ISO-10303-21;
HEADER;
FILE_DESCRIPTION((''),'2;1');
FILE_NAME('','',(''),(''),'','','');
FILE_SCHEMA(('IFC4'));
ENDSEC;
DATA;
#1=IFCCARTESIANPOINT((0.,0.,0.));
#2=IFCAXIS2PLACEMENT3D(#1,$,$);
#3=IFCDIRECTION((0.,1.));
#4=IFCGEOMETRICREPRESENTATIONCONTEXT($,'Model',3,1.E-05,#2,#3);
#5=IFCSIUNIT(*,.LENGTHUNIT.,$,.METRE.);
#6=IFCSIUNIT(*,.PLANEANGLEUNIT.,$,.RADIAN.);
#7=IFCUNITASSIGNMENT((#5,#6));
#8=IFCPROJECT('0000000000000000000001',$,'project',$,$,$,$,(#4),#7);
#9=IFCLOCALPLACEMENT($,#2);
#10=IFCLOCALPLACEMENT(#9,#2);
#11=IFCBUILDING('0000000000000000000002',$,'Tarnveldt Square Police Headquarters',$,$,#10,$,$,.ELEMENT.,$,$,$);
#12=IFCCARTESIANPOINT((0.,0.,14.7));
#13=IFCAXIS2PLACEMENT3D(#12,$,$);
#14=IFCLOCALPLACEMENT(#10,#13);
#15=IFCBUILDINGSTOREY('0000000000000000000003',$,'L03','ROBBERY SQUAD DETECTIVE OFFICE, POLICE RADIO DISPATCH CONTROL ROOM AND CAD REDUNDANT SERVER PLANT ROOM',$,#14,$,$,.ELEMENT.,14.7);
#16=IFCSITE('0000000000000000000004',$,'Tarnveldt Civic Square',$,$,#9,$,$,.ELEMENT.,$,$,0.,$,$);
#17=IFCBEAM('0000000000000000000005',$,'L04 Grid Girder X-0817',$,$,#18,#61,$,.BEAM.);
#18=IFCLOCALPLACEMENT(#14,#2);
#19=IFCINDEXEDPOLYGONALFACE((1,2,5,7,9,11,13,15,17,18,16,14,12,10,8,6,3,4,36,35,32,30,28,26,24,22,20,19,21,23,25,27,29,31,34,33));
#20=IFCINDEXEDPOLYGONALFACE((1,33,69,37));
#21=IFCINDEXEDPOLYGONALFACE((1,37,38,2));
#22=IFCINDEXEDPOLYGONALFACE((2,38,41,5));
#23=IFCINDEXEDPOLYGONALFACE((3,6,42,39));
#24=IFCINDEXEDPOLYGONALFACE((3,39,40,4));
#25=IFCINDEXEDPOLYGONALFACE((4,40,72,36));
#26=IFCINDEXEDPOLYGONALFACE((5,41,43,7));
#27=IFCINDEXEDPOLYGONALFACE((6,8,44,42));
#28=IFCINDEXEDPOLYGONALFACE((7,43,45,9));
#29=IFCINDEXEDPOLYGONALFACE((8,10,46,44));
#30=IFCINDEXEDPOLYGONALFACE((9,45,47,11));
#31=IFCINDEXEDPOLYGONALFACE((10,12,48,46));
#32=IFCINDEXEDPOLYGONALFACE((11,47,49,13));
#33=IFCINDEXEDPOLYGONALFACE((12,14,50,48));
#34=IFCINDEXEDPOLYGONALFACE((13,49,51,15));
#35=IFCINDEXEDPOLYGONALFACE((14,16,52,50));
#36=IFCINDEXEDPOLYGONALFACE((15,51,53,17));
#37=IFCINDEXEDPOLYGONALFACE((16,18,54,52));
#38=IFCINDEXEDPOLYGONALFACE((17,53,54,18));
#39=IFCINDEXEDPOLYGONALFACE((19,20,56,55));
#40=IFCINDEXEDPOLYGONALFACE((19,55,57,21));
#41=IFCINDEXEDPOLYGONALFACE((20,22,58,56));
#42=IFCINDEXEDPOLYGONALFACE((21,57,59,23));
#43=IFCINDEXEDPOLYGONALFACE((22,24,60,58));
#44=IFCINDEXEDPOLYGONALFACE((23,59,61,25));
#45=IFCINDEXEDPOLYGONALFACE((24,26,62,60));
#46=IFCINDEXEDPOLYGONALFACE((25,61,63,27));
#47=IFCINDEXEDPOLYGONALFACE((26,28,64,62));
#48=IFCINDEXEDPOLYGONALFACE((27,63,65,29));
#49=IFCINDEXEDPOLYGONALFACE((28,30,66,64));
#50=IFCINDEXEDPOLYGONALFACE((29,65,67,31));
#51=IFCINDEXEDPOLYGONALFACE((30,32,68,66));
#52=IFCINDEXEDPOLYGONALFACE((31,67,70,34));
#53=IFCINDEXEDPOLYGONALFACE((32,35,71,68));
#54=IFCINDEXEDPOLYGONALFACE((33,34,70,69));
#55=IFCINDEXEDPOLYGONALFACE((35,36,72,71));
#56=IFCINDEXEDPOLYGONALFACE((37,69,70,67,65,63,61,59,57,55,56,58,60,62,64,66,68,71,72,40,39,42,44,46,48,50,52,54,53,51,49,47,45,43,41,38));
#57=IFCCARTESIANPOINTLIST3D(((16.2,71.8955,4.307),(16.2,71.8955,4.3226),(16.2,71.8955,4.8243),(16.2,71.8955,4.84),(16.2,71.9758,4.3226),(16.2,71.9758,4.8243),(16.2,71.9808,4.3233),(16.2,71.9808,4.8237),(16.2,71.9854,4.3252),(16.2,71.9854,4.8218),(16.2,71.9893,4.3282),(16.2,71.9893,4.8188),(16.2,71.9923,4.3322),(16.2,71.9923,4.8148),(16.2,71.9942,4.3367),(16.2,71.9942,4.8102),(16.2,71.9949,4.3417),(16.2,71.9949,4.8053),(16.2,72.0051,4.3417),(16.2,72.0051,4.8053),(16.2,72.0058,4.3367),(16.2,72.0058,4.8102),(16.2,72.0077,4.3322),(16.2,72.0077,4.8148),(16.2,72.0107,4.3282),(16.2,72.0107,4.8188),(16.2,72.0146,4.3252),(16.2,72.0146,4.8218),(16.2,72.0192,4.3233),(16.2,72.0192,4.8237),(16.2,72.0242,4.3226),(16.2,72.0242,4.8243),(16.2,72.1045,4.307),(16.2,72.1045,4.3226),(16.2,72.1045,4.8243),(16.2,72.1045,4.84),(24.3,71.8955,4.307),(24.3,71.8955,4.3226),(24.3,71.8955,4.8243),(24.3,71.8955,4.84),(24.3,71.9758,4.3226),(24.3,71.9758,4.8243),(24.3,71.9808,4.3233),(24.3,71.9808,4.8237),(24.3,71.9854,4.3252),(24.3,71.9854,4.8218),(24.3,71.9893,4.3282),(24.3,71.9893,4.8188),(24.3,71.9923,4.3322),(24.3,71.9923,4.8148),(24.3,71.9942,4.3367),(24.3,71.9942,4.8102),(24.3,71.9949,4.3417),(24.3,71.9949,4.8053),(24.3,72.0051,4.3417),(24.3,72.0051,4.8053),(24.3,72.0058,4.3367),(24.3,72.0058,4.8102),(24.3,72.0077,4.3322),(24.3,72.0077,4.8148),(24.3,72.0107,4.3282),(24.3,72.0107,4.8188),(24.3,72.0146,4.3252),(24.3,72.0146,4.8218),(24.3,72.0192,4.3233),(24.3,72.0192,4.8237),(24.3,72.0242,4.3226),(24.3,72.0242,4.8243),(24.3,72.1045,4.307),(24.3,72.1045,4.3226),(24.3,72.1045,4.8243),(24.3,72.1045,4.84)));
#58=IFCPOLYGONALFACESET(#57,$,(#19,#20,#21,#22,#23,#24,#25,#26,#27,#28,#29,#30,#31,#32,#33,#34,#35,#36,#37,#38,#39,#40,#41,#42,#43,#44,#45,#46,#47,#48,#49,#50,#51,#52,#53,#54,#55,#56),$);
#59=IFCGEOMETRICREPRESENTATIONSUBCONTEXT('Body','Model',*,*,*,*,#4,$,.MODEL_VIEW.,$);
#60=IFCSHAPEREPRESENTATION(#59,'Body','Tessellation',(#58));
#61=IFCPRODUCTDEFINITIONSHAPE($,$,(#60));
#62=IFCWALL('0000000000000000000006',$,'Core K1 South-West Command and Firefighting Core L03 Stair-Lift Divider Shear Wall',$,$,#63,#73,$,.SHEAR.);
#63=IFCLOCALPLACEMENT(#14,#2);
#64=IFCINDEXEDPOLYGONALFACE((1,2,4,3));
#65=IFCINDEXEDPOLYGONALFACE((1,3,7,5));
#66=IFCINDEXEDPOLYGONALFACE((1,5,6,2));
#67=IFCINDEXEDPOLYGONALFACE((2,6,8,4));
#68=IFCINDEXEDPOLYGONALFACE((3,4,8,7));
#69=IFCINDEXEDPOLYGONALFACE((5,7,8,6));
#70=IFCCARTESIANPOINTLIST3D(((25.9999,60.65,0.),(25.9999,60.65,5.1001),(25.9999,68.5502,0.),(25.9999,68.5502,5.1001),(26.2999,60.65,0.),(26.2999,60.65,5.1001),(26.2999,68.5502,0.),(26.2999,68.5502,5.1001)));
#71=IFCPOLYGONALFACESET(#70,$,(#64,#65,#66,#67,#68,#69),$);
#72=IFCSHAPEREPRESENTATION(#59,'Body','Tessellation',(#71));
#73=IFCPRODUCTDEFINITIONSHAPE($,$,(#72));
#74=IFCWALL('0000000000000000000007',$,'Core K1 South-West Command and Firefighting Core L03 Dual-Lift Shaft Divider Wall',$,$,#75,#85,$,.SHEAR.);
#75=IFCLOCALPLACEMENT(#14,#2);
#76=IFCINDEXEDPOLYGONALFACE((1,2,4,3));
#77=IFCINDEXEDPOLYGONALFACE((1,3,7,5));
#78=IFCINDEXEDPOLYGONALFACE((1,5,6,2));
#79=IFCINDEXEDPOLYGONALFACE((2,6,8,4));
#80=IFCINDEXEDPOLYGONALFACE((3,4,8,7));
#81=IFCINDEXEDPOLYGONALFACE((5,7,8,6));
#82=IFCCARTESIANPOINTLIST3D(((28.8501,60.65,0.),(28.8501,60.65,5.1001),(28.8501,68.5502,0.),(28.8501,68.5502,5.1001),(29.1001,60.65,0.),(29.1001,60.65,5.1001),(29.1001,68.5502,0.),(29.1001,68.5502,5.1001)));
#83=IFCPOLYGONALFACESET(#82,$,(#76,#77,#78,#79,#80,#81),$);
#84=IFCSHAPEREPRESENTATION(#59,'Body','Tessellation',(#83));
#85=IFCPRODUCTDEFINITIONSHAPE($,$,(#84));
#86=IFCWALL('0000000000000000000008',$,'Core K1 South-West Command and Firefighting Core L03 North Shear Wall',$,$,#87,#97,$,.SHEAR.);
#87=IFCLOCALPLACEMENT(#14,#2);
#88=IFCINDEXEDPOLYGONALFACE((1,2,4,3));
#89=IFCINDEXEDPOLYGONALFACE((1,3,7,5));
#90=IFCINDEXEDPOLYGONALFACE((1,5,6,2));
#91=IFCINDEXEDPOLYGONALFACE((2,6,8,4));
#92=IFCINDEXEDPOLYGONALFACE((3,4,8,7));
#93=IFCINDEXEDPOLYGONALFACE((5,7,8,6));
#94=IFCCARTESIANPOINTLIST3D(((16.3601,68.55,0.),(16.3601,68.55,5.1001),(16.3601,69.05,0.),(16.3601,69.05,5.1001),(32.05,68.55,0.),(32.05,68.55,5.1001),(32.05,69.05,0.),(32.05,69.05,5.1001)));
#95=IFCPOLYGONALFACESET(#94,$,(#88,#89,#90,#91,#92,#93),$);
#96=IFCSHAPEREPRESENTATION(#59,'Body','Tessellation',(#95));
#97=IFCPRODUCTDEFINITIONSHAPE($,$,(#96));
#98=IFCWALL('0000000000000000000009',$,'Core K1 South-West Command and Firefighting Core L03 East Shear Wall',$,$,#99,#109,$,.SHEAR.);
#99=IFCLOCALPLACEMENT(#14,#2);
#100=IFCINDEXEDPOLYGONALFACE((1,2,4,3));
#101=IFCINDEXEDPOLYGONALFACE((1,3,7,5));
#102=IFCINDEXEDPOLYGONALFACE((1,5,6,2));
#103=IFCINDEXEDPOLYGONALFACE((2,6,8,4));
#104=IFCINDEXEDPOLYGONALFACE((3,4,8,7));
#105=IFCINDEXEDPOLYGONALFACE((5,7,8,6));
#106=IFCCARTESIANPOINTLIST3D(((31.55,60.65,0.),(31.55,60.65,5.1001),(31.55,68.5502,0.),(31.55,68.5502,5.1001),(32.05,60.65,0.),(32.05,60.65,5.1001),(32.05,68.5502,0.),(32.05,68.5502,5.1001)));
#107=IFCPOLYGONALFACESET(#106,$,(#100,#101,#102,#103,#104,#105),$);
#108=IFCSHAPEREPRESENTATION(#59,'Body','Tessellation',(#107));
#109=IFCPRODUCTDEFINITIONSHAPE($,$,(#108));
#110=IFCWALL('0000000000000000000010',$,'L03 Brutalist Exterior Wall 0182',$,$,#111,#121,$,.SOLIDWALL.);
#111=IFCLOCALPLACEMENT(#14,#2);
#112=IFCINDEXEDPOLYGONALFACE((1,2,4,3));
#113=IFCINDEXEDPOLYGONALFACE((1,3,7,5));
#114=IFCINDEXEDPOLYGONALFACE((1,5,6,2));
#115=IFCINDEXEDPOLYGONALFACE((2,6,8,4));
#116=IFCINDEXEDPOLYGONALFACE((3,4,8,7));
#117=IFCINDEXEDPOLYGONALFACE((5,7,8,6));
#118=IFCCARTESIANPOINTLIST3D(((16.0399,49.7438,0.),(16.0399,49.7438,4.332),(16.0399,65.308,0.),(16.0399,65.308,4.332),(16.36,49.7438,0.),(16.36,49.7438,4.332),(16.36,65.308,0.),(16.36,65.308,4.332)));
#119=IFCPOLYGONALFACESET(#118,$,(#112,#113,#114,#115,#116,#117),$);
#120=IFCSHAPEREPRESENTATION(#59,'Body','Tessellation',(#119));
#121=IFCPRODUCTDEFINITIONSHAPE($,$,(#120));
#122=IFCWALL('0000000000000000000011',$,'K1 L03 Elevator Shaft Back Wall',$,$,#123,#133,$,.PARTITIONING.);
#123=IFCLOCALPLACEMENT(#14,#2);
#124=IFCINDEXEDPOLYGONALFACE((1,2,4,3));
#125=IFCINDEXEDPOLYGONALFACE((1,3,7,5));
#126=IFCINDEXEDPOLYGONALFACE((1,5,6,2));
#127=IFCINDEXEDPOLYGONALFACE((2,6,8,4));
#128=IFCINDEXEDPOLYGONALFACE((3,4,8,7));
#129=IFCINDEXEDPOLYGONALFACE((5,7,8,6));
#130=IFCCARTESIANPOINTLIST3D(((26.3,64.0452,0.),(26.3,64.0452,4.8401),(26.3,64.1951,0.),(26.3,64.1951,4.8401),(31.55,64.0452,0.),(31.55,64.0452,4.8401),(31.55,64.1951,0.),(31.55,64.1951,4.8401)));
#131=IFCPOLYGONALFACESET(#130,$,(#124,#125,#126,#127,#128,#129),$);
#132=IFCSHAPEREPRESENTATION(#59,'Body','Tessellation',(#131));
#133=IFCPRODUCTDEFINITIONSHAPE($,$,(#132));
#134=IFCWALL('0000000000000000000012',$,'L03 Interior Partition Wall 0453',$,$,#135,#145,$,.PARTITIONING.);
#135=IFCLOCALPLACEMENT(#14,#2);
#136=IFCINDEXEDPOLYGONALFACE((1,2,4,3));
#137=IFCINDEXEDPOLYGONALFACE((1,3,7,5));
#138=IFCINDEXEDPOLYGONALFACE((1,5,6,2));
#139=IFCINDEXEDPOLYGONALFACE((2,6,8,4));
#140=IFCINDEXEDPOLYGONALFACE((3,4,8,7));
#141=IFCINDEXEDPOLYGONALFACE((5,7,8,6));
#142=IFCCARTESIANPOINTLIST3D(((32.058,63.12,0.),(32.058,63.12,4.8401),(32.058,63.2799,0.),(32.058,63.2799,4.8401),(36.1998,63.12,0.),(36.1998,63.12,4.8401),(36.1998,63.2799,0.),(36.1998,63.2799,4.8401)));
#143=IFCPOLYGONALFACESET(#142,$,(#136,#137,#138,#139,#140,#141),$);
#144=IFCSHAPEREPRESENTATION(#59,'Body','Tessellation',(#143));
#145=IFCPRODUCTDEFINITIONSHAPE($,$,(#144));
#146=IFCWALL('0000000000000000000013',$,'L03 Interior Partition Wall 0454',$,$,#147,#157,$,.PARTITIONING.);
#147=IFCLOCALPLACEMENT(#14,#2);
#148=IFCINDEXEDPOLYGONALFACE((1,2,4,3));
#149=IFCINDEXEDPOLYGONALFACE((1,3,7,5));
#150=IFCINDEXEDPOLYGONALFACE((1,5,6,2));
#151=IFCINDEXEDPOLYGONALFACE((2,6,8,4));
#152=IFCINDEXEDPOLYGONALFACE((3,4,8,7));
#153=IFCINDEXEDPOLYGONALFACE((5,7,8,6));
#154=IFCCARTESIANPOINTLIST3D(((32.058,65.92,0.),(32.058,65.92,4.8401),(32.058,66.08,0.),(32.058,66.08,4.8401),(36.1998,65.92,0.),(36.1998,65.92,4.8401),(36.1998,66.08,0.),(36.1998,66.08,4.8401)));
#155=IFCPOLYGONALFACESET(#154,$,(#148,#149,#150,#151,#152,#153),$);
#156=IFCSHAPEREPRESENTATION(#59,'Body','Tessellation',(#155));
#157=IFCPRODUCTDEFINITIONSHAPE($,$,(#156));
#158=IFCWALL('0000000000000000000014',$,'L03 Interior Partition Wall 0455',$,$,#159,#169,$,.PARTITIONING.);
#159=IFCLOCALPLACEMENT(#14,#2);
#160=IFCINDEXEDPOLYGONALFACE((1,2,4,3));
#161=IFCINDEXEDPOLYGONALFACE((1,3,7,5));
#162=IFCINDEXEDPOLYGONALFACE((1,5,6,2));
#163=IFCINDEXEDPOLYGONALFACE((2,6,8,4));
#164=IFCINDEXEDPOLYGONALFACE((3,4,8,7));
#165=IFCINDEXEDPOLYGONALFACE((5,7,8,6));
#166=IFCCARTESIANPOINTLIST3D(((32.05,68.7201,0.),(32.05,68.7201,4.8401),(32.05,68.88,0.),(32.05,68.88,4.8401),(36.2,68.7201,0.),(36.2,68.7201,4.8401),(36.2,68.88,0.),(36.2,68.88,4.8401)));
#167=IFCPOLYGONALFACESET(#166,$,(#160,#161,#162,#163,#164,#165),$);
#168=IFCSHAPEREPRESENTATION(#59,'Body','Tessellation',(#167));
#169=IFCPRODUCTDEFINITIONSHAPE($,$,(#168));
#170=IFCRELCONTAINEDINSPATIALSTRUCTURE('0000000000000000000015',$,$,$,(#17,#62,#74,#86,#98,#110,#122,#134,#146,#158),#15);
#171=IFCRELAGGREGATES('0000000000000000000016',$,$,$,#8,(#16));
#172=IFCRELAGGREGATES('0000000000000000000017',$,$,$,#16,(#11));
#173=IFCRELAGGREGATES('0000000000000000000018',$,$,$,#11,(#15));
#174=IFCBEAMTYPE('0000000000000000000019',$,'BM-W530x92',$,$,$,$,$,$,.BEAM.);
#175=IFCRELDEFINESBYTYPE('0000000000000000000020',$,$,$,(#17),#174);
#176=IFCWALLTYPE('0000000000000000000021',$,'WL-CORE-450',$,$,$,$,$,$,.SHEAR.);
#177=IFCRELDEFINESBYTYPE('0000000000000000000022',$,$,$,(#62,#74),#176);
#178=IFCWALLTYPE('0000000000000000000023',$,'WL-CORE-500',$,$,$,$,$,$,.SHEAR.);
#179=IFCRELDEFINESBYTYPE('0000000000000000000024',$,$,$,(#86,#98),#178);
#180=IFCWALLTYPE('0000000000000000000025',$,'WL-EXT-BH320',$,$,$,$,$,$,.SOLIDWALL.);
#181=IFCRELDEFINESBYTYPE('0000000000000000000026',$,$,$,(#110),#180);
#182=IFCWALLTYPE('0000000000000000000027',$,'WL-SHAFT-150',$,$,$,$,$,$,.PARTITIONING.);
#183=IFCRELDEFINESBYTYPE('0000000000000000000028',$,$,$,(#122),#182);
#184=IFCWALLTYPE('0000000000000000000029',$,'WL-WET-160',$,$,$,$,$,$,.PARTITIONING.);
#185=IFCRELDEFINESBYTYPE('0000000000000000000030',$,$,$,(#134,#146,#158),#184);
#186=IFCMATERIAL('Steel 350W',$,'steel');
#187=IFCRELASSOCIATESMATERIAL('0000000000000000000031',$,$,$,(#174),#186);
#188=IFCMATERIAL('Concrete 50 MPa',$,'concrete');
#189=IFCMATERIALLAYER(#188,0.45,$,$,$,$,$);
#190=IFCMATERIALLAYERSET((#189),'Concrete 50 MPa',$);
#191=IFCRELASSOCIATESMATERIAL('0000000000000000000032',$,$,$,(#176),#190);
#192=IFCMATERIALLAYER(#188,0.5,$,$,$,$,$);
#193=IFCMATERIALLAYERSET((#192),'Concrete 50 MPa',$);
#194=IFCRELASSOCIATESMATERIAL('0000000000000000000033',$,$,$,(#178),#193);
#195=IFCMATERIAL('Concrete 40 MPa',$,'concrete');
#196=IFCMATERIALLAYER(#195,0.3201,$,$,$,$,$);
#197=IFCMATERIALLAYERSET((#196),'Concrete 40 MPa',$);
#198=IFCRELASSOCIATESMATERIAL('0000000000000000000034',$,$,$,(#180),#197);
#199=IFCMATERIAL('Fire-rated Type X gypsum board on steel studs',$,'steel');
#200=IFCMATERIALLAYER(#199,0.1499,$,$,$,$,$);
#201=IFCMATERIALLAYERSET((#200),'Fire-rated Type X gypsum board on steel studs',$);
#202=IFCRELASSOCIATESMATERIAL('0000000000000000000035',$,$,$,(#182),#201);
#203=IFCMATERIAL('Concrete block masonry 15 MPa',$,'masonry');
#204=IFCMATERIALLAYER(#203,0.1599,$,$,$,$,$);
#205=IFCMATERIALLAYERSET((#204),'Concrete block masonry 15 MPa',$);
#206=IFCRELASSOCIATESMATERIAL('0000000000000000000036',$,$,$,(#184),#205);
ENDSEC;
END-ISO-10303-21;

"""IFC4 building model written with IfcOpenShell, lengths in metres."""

from ifc_helpers import new_model, si_unit, direction, frame, frame_2d, origin, origin_2d, place, context, subcontext, project, spatial, rectangle, i_section, extrude, material, layer, layer_set, material_profile, profile_set, type_object, element, save


model = new_model("IFC4")

# Units and contexts
model_context = context("Model", 3, precision=1e-05, world=origin(), true_north=direction((0.0, 1.0)))
body_context = subcontext(model_context, "Body", "Model", "MODEL_VIEW")
ifc_project = project(units=[si_unit("LENGTHUNIT", "METRE"), si_unit("PLANEANGLEUNIT", "RADIAN")], contexts=[model_context])

# Site, building, storey
site_placement = place(None, origin())
site = spatial("IfcSite", under=ifc_project, at=site_placement, Name="Tarnveldt Civic Square", CompositionType="ELEMENT", RefElevation=0.0)
building_placement = place(site_placement, origin())
building = spatial("IfcBuilding", under=site, at=building_placement, Name="Tarnveldt Square Police Headquarters", CompositionType="ELEMENT")
storey_placement = place(building_placement, frame((0.0, 0.0, 14.7)))
storey = spatial("IfcBuildingStorey", under=building, at=storey_placement, Name="L03", Description="ROBBERY SQUAD DETECTIVE OFFICE, POLICE RADIO DISPATCH CONTROL ROOM AND CAD REDUNDANT SERVER PLANT ROOM", CompositionType="ELEMENT", Elevation=14.7)

# Shared definitions
ifc_material_1 = material(Name="Concrete 40 MPa", Category="concrete")

# Beam
ifc_material_2 = material(Name="Concrete 50 MPa", Category="concrete")
ifc_material_3 = material(Name="Steel 350W", Category="steel")
ifc_material_profile_1 = material_profile(ifc_material_3, i_section(OverallWidth=0.209, OverallDepth=0.533, WebThickness=0.0103, FlangeThickness=0.0156, FilletRadius=0.019, at=origin_2d()), Name="W530x92")
ifc_profile_set_1 = profile_set([ifc_material_profile_1], Name="Steel 350W")
beam_type_1 = type_object("IfcBeamType", Name="BM-W530x92", PredefinedType="BEAM", material=ifc_profile_set_1)
beam_1_placement = place(storey_placement, frame((16.2, 72.0, 4.5735), z_axis=(1.0, 0.0, 0.0), x_axis=(0.0, 1.0, 0.0)))
element("IfcBeam", 1, at=beam_1_placement, inside=storey, type_object=beam_type_1, Name="L04 Grid Girder X-0817", PredefinedType="BEAM", context=body_context, shape_type="SweptSolid", body=[
    extrude(i_section(OverallWidth=0.209, OverallDepth=0.533, WebThickness=0.0103, FlangeThickness=0.0156, FilletRadius=0.019, at=origin_2d()), origin(), (0.0, 0.0, 1.0), 8.1001),
])

# Walls
ifc_layer_1 = layer(ifc_material_2, 0.45)
ifc_layer_set_1 = layer_set([ifc_layer_1], Name="Concrete 50 MPa")
wall_type_1 = type_object("IfcWallType", Name="WL-CORE-450", PredefinedType="SHEAR", material=ifc_layer_set_1)
wall_1_placement = place(storey_placement, frame((26.1499, 60.6499, 0.0), z_axis=(0.0, 0.0, 1.0), x_axis=(0.0, 1.0, 0.0)))
element("IfcWall", 2, at=wall_1_placement, inside=storey, type_object=wall_type_1, Name="Core K1 South-West Command and Firefighting Core L03 Stair-Lift Divider Shear Wall", PredefinedType="SHEAR", context=body_context, shape_type="SweptSolid", body=[
    extrude(rectangle(XDim=7.9001, YDim=0.3, at=frame_2d((3.9502, 0.0))), origin(), (0.0, 0.0, 1.0), 5.1001),
])
wall_2_placement = place(storey_placement, frame((28.9751, 60.6499, 0.0), z_axis=(0.0, 0.0, 1.0), x_axis=(0.0, 1.0, 0.0)))
element("IfcWall", 3, at=wall_2_placement, inside=storey, type_object=wall_type_1, Name="Core K1 South-West Command and Firefighting Core L03 Dual-Lift Shaft Divider Wall", PredefinedType="SHEAR", context=body_context, shape_type="SweptSolid", body=[
    extrude(rectangle(XDim=7.9001, YDim=0.25, at=frame_2d((3.9502, 0.0))), origin(), (0.0, 0.0, 1.0), 5.1001),
])
ifc_layer_2 = layer(ifc_material_2, 0.5)
ifc_layer_set_2 = layer_set([ifc_layer_2], Name="Concrete 50 MPa")
wall_type_2 = type_object("IfcWallType", Name="WL-CORE-500", PredefinedType="SHEAR", material=ifc_layer_set_2)
wall_3_placement = place(storey_placement, frame((16.3601, 68.8, 0.0), z_axis=(0.0, 0.0, 1.0), x_axis=(1.0, 0.0, 0.0)))
element("IfcWall", 4, at=wall_3_placement, inside=storey, type_object=wall_type_2, Name="Core K1 South-West Command and Firefighting Core L03 North Shear Wall", PredefinedType="SHEAR", context=body_context, shape_type="SweptSolid", body=[
    extrude(rectangle(XDim=15.6899, YDim=0.5, at=frame_2d((7.845, 0.0))), origin(), (0.0, 0.0, 1.0), 5.1001),
])
wall_4_placement = place(storey_placement, frame((31.8, 60.6499, 0.0), z_axis=(0.0, 0.0, 1.0), x_axis=(0.0, 1.0, 0.0)))
element("IfcWall", 5, at=wall_4_placement, inside=storey, type_object=wall_type_2, Name="Core K1 South-West Command and Firefighting Core L03 East Shear Wall", PredefinedType="SHEAR", context=body_context, shape_type="SweptSolid", body=[
    extrude(rectangle(XDim=7.9001, YDim=0.5, at=frame_2d((3.9502, 0.0))), origin(), (0.0, 0.0, 1.0), 5.1001),
])
ifc_layer_3 = layer(ifc_material_1, 0.3201)
ifc_layer_set_3 = layer_set([ifc_layer_3], Name="Concrete 40 MPa")
wall_type_3 = type_object("IfcWallType", Name="WL-EXT-BH320", PredefinedType="SOLIDWALL", material=ifc_layer_set_3)
wall_5_placement = place(storey_placement, frame((16.2, 65.3081, 0.0), z_axis=(0.0, 0.0, 1.0), x_axis=(0.0, -1.0, 0.0)))
element("IfcWall", 6, at=wall_5_placement, inside=storey, type_object=wall_type_3, Name="L03 Brutalist Exterior Wall 0182", PredefinedType="SOLIDWALL", context=body_context, shape_type="SweptSolid", body=[
    extrude(rectangle(XDim=15.5642, YDim=0.3201, at=frame_2d((7.7822, 0.0))), origin(), (0.0, 0.0, 1.0), 4.332),
])
ifc_material_4 = material(Name="Fire-rated Type X gypsum board on steel studs", Category="steel")
ifc_layer_4 = layer(ifc_material_4, 0.1499)
ifc_layer_set_4 = layer_set([ifc_layer_4], Name="Fire-rated Type X gypsum board on steel studs")
wall_type_4 = type_object("IfcWallType", Name="WL-SHAFT-150", PredefinedType="PARTITIONING", material=ifc_layer_set_4)
wall_6_placement = place(storey_placement, frame((26.3, 64.1201, 0.0), z_axis=(0.0, 0.0, 1.0), x_axis=(1.0, 0.0, 0.0)))
element("IfcWall", 7, at=wall_6_placement, inside=storey, type_object=wall_type_4, Name="K1 L03 Elevator Shaft Back Wall", PredefinedType="PARTITIONING", context=body_context, shape_type="SweptSolid", body=[
    extrude(rectangle(XDim=5.25, YDim=0.1499, at=frame_2d((2.625, 0.0))), origin(), (0.0, 0.0, 1.0), 4.8401),
])
ifc_material_5 = material(Name="Concrete block masonry 15 MPa", Category="masonry")
ifc_layer_5 = layer(ifc_material_5, 0.1599)
ifc_layer_set_5 = layer_set([ifc_layer_5], Name="Concrete block masonry 15 MPa")
wall_type_5 = type_object("IfcWallType", Name="WL-WET-160", PredefinedType="PARTITIONING", material=ifc_layer_set_5)
for number, where, z_axis, x_axis, name in (
    (8, (32.0581, 63.2, 0.0), (0.0, 0.0, 1.0), (1.0, 0.0, 0.0), "L03 Interior Partition Wall 0453"),
    (9, (32.0581, 66.0, 0.0), (0.0, 0.0, 1.0), (1.0, 0.0, 0.0), "L03 Interior Partition Wall 0454"),
):
    element("IfcWall", number, at=place(storey_placement, frame(where, z_axis=z_axis, x_axis=x_axis)), inside=storey, type_object=wall_type_5, Name=name, PredefinedType="PARTITIONING", context=body_context, shape_type="SweptSolid", body=[
        extrude(rectangle(XDim=4.1418, YDim=0.1599, at=frame_2d((2.0708, 0.0))), origin(), (0.0, 0.0, 1.0), 4.8401),
    ])
wall_7_placement = place(storey_placement, frame((32.05, 68.8, 0.0), z_axis=(0.0, 0.0, 1.0), x_axis=(1.0, 0.0, 0.0)))
element("IfcWall", 10, at=wall_7_placement, inside=storey, type_object=wall_type_5, Name="L03 Interior Partition Wall 0455", PredefinedType="PARTITIONING", context=body_context, shape_type="SweptSolid", body=[
    extrude(rectangle(XDim=4.1499, YDim=0.1599, at=frame_2d((2.075, 0.0))), origin(), (0.0, 0.0, 1.0), 4.8401),
])

save(model, "model.ifc")
